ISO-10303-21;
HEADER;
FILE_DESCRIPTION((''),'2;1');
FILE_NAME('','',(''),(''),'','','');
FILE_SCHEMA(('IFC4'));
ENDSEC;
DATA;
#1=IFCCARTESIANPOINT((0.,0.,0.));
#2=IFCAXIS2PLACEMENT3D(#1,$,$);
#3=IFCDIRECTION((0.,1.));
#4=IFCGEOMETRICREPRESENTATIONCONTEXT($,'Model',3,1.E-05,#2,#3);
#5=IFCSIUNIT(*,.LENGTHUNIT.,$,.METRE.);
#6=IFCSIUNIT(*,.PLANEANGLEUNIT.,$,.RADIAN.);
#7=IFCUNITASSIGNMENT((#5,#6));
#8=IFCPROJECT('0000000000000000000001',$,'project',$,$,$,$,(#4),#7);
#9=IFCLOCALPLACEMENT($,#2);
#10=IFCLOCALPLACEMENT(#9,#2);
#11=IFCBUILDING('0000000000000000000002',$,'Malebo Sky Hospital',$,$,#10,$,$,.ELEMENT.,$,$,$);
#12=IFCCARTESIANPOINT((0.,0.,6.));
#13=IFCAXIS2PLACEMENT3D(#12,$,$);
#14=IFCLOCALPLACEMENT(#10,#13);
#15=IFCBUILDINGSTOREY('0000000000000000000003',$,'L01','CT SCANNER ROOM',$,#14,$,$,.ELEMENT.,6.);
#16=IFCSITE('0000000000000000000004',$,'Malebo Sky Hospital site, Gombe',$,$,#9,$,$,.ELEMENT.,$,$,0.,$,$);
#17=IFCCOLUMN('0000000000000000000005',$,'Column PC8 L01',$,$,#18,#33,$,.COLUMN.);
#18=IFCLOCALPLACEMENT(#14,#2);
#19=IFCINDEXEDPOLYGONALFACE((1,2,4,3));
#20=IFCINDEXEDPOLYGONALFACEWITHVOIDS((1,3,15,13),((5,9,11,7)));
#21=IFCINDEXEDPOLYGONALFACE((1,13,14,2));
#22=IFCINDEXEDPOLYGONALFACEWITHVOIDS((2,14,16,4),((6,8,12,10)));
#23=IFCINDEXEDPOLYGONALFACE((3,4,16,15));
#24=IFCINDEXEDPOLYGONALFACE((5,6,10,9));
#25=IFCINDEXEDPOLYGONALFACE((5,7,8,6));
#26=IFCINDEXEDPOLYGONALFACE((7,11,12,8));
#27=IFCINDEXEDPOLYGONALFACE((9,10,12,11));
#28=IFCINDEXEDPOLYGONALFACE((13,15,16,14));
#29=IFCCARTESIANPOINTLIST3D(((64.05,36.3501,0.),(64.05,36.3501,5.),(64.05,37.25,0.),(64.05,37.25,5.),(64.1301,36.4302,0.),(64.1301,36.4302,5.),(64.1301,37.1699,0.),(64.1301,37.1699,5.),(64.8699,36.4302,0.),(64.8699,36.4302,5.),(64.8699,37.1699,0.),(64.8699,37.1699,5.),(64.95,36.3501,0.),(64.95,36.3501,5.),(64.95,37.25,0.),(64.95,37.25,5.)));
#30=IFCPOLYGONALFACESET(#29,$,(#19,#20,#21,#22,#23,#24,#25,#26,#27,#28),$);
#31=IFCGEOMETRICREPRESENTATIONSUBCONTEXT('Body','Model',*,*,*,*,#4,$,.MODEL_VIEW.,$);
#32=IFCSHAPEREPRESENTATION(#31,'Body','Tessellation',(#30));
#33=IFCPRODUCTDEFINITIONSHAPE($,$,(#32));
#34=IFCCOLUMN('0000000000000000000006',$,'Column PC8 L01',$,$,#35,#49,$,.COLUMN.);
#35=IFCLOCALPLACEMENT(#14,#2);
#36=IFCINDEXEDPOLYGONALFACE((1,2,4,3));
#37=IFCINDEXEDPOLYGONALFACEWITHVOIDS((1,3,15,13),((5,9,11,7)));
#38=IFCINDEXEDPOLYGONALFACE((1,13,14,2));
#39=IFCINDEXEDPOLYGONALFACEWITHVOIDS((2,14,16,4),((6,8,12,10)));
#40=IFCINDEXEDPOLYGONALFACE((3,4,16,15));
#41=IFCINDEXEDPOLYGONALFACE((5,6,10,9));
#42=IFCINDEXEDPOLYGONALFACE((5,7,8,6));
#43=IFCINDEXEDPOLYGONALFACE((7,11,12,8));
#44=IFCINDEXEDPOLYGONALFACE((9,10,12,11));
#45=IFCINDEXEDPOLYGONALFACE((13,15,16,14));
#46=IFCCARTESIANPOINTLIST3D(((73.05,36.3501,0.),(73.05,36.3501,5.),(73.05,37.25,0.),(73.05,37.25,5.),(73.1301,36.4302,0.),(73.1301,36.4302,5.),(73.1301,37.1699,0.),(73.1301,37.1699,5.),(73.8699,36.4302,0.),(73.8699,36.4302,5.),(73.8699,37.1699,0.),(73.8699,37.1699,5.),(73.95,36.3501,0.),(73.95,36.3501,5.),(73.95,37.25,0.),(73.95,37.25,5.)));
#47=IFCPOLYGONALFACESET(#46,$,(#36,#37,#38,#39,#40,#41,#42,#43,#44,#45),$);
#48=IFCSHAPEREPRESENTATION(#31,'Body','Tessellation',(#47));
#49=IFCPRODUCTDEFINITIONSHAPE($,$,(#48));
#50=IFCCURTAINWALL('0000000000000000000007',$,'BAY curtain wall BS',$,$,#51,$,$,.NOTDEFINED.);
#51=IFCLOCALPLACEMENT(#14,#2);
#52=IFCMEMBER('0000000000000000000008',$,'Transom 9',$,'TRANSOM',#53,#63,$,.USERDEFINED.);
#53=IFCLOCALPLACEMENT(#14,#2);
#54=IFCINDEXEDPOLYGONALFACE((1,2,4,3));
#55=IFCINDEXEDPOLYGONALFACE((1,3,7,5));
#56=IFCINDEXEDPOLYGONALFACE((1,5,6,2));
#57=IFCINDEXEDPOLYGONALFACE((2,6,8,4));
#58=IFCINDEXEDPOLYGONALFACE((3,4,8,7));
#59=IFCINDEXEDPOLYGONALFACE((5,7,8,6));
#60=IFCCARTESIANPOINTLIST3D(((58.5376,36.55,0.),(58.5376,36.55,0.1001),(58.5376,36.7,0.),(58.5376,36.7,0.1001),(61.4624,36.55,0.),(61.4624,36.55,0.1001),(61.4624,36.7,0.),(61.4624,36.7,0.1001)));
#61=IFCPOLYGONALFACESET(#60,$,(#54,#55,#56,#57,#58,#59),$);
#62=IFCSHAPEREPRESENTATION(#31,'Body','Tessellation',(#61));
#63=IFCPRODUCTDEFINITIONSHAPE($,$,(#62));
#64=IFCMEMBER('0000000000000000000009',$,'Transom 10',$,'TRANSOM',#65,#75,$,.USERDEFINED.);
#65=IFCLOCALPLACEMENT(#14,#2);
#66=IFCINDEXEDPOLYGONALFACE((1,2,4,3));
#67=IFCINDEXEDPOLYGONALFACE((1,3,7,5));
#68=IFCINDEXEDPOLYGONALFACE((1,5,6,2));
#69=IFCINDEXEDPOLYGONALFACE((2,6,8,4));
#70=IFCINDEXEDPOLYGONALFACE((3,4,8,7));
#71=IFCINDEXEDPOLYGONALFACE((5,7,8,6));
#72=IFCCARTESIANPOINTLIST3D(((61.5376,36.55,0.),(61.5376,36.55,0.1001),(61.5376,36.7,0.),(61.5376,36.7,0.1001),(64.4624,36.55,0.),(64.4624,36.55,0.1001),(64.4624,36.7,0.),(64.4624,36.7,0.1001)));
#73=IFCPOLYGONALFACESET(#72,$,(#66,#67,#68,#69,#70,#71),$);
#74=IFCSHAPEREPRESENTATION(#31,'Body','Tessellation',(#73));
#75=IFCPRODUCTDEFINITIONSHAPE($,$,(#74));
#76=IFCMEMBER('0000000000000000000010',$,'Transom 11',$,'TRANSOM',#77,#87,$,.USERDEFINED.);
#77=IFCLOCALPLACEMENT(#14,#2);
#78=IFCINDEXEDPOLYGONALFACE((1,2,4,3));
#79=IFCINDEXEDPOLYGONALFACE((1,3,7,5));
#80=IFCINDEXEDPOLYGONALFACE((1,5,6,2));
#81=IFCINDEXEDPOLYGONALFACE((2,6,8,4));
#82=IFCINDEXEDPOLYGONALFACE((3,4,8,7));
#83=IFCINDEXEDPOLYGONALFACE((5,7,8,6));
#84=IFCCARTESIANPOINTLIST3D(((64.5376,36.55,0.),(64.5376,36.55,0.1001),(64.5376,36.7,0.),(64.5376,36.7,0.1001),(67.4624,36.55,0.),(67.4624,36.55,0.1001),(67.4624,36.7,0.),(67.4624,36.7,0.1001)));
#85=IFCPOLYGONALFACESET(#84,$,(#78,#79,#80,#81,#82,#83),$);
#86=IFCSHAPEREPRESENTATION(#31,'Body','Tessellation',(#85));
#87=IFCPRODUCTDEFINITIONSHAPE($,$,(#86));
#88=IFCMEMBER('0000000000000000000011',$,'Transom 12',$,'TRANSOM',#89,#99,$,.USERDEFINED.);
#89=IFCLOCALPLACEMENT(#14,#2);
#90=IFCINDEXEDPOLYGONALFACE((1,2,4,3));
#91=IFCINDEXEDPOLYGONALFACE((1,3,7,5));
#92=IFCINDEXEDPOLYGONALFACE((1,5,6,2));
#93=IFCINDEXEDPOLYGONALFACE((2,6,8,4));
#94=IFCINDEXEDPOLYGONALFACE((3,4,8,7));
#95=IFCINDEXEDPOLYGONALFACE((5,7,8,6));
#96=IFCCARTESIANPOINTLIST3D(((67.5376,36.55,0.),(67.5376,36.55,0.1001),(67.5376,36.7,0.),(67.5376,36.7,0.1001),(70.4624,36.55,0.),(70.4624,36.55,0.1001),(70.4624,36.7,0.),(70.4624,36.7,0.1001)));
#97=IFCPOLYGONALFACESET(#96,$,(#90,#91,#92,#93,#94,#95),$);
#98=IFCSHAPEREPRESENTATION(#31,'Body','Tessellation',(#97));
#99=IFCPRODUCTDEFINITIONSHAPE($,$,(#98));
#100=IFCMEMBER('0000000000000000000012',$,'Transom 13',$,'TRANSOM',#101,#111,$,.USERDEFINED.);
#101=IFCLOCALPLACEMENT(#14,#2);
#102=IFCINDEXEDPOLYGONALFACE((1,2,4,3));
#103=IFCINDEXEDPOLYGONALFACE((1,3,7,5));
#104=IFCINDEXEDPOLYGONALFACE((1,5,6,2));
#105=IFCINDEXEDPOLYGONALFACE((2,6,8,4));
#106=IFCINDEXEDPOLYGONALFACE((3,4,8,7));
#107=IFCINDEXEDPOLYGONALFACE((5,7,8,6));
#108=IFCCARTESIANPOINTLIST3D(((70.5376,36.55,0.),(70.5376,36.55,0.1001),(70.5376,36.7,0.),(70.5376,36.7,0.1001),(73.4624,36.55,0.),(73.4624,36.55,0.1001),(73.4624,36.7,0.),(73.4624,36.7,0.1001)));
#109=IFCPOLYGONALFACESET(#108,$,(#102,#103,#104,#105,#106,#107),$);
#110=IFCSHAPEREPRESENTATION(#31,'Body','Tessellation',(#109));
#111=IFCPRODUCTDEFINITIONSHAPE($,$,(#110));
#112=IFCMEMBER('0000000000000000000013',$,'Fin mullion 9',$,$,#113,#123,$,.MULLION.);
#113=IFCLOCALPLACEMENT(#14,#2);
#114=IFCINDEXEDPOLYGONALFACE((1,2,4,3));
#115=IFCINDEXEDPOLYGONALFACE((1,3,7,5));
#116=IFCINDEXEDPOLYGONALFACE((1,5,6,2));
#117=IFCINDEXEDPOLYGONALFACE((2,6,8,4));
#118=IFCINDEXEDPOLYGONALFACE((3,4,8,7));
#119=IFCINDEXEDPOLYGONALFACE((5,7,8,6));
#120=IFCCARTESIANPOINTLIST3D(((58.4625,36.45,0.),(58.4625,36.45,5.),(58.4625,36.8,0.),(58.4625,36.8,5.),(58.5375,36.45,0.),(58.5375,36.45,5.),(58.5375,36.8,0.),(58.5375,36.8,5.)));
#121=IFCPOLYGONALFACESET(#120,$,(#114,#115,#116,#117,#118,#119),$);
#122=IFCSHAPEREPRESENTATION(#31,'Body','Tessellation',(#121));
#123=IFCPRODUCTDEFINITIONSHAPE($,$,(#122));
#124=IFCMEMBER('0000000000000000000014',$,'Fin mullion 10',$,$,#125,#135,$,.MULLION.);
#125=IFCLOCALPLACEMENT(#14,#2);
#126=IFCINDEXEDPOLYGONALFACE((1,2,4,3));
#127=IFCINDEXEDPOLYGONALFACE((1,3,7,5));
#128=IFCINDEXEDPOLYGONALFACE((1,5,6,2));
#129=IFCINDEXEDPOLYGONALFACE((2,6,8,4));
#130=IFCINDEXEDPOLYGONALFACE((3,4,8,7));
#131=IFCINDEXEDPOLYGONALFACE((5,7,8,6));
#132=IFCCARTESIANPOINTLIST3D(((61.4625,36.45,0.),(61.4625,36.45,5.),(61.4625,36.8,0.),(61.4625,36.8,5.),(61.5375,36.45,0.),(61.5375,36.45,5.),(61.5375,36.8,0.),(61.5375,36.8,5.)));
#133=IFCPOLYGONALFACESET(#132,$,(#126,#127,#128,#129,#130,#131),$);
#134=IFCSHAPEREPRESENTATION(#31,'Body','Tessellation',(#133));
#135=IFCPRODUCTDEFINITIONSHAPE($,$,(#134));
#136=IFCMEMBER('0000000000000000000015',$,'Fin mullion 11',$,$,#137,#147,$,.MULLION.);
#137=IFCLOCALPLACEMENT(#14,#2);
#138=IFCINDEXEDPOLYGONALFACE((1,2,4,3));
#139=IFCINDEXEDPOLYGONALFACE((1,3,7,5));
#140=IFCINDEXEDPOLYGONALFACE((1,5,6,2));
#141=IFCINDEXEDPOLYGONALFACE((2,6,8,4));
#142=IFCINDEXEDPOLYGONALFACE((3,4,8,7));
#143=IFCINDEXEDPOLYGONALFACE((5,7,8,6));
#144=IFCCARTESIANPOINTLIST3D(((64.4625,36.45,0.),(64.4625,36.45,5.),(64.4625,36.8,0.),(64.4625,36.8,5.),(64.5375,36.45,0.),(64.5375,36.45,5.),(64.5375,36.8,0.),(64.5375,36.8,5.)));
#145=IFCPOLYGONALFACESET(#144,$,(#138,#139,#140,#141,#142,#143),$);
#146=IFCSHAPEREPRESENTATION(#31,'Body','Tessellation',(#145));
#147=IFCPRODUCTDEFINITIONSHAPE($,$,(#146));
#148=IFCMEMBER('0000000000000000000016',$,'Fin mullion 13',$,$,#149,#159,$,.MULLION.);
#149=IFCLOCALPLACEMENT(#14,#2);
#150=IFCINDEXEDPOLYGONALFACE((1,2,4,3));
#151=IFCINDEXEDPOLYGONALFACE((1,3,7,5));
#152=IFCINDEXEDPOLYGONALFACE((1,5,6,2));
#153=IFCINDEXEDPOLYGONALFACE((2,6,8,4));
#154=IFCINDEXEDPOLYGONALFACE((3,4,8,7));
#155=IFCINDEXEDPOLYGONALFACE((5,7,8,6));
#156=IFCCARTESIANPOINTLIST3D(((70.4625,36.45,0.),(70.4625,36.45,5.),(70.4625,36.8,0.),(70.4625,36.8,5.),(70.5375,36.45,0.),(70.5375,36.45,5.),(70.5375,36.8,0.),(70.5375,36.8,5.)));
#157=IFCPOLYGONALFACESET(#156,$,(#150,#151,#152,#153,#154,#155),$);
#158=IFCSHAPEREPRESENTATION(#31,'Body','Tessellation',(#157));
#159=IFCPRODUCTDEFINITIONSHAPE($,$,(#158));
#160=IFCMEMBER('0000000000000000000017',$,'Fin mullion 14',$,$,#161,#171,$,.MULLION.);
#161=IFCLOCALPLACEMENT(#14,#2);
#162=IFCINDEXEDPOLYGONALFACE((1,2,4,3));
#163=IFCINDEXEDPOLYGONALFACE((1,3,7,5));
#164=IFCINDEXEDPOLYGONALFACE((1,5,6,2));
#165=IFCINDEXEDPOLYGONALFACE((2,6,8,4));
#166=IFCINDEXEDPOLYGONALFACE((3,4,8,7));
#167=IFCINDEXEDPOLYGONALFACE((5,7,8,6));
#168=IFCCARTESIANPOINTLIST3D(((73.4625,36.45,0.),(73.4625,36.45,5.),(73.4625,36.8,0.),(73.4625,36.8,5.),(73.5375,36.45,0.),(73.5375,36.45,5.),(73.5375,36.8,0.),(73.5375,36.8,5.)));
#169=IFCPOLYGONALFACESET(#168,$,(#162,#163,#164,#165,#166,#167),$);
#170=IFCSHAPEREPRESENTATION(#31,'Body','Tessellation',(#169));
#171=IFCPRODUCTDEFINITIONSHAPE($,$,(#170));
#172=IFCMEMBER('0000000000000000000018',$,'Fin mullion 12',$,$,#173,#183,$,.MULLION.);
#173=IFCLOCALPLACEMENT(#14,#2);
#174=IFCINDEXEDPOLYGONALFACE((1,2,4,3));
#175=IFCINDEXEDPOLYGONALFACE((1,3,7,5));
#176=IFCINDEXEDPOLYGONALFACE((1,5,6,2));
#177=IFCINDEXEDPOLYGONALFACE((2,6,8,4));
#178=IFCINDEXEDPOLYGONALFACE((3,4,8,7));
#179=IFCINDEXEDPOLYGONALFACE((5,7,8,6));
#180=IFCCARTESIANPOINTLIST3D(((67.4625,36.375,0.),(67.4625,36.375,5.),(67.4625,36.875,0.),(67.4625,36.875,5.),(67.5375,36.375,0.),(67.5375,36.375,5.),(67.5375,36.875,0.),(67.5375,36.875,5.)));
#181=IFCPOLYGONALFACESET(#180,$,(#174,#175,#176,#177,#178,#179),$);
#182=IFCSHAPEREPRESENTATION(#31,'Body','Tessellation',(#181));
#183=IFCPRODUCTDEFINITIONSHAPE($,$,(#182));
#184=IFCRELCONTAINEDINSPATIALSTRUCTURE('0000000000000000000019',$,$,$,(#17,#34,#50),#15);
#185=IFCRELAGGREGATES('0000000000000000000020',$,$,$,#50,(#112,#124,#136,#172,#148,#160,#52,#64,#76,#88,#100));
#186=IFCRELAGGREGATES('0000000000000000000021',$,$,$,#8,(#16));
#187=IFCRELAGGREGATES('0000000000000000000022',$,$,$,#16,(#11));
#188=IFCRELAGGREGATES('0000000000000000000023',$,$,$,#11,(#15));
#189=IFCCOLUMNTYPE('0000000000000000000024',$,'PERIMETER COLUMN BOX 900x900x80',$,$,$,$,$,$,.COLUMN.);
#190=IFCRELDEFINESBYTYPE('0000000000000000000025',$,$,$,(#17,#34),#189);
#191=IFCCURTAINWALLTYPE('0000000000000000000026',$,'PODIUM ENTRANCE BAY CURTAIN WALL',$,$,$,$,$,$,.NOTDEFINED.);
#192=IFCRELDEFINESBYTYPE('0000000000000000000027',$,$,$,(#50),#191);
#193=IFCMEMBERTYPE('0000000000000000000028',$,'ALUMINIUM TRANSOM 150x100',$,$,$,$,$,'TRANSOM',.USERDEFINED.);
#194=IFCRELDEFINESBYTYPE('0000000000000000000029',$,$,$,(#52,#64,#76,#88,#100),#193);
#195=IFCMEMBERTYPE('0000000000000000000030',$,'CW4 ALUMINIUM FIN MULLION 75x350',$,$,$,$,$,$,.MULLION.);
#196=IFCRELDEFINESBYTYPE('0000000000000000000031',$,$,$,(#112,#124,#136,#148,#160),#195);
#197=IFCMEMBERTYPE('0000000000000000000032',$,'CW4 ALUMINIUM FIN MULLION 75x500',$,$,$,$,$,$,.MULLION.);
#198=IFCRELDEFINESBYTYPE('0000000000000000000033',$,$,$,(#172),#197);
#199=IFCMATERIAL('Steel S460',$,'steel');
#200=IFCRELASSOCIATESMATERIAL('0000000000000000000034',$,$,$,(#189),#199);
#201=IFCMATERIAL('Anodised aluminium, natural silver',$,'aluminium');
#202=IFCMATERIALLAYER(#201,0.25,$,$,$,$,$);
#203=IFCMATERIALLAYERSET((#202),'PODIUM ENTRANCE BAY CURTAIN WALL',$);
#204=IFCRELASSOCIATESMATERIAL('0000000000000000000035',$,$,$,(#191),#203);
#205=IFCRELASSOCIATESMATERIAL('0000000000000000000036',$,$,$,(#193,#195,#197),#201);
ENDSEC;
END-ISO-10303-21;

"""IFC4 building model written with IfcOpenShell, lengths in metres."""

from ifc_helpers import new_model, si_unit, direction, frame, origin, origin_2d, place, context, subcontext, project, spatial, rectangle, hollow_rectangle, extrude, material, layer, layer_set, material_profile, profile_set, type_object, element, aggregate, save


model = new_model("IFC4")

# Units and contexts
model_context = context("Model", 3, precision=1e-05, world=origin(), true_north=direction((0.0, 1.0)))
body_context = subcontext(model_context, "Body", "Model", "MODEL_VIEW")
ifc_project = project(units=[si_unit("LENGTHUNIT", "METRE"), si_unit("PLANEANGLEUNIT", "RADIAN")], contexts=[model_context])

# Site, building, storey
site_placement = place(None, origin())
site = spatial("IfcSite", under=ifc_project, at=site_placement, Name="Malebo Sky Hospital site, Gombe", CompositionType="ELEMENT", RefElevation=0.0)
building_placement = place(site_placement, origin())
building = spatial("IfcBuilding", under=site, at=building_placement, Name="Malebo Sky Hospital", CompositionType="ELEMENT")
storey_placement = place(building_placement, frame((0.0, 0.0, 6.0)))
storey = spatial("IfcBuildingStorey", under=building, at=storey_placement, Name="L01", Description="CT SCANNER ROOM", CompositionType="ELEMENT", Elevation=6.0)

# Columns
ifc_material_1 = material(Name="Steel S460", Category="steel")
ifc_material_profile_1 = material_profile(ifc_material_1, hollow_rectangle(XDim=0.8999, YDim=0.8999, WallThickness=0.0801, at=origin_2d()), Name="BOX 900x900x80")
ifc_profile_set_1 = profile_set([ifc_material_profile_1], Name="Steel S460")
column_type = type_object("IfcColumnType", Name="PERIMETER COLUMN BOX 900x900x80", PredefinedType="COLUMN", material=ifc_profile_set_1)
for number, where, z_axis, x_axis, name in (
    (1, (64.5, 36.8, 0.0), (0.0, 0.0, 1.0), (1.0, 0.0, 0.0), "Column PC8 L01"),
    (2, (73.5, 36.8, 0.0), (0.0, 0.0, 1.0), (1.0, 0.0, 0.0), "Column PC8 L01"),
):
    element("IfcColumn", number, at=place(storey_placement, frame(where, z_axis=z_axis, x_axis=x_axis)), inside=storey, type_object=column_type, Name=name, PredefinedType="COLUMN", context=body_context, shape_type="SweptSolid", body=[
        extrude(hollow_rectangle(XDim=0.8999, YDim=0.8999, WallThickness=0.0801, at=origin_2d()), origin(), (0.0, 0.0, 1.0), 5.0),
    ])

# Curtain wall, members
ifc_material_2 = material(Name="Anodised aluminium, natural silver", Category="aluminium")
ifc_layer_1 = layer(ifc_material_2, 0.25)
ifc_layer_set_1 = layer_set([ifc_layer_1], Name="PODIUM ENTRANCE BAY CURTAIN WALL")
curtain_wall_type = type_object("IfcCurtainWallType", Name="PODIUM ENTRANCE BAY CURTAIN WALL", PredefinedType="NOTDEFINED", material=ifc_layer_set_1)
curtain_wall_placement = place(storey_placement, origin())
curtain_wall = element("IfcCurtainWall", 3, at=curtain_wall_placement, inside=storey, type_object=curtain_wall_type, Name="BAY curtain wall BS", PredefinedType="NOTDEFINED")
ifc_material_profile_2 = material_profile(ifc_material_2, rectangle(XDim=0.1499, YDim=0.1001, at=origin_2d()), Name="ALUMINIUM TRANSOM 150x100")
ifc_profile_set_2 = profile_set([ifc_material_profile_2], Name="Anodised aluminium, natural silver")
member_type_1 = type_object("IfcMemberType", Name="ALUMINIUM TRANSOM 150x100", ElementType="TRANSOM", PredefinedType="USERDEFINED", material=ifc_profile_set_2)
member_1_placement = place(storey_placement, frame((58.5376, 36.625, 0.05), z_axis=(1.0, 0.0, 0.0), x_axis=(0.0, 1.0, 0.0)))
member_1 = element("IfcMember", 4, at=member_1_placement, type_object=member_type_1, Name="Transom 9", ObjectType="TRANSOM", PredefinedType="USERDEFINED", context=body_context, shape_type="SweptSolid", body=[
    extrude(rectangle(XDim=0.1499, YDim=0.1001, at=origin_2d()), origin(), (0.0, 0.0, 1.0), 2.9248),
])
member_2_placement = place(storey_placement, frame((61.5376, 36.625, 0.05), z_axis=(1.0, 0.0, 0.0), x_axis=(0.0, 1.0, 0.0)))
member_2 = element("IfcMember", 5, at=member_2_placement, type_object=member_type_1, Name="Transom 10", ObjectType="TRANSOM", PredefinedType="USERDEFINED", context=body_context, shape_type="SweptSolid", body=[
    extrude(rectangle(XDim=0.1499, YDim=0.1001, at=origin_2d()), origin(), (0.0, 0.0, 1.0), 2.9248),
])
member_3_placement = place(storey_placement, frame((64.5376, 36.625, 0.05), z_axis=(1.0, 0.0, 0.0), x_axis=(0.0, 1.0, 0.0)))
member_3 = element("IfcMember", 6, at=member_3_placement, type_object=member_type_1, Name="Transom 11", ObjectType="TRANSOM", PredefinedType="USERDEFINED", context=body_context, shape_type="SweptSolid", body=[
    extrude(rectangle(XDim=0.1499, YDim=0.1001, at=origin_2d()), origin(), (0.0, 0.0, 1.0), 2.9248),
])
member_4_placement = place(storey_placement, frame((67.5376, 36.625, 0.05), z_axis=(1.0, 0.0, 0.0), x_axis=(0.0, 1.0, 0.0)))
member_4 = element("IfcMember", 7, at=member_4_placement, type_object=member_type_1, Name="Transom 12", ObjectType="TRANSOM", PredefinedType="USERDEFINED", context=body_context, shape_type="SweptSolid", body=[
    extrude(rectangle(XDim=0.1499, YDim=0.1001, at=origin_2d()), origin(), (0.0, 0.0, 1.0), 2.9248),
])
member_5_placement = place(storey_placement, frame((70.5376, 36.625, 0.05), z_axis=(1.0, 0.0, 0.0), x_axis=(0.0, 1.0, 0.0)))
member_5 = element("IfcMember", 8, at=member_5_placement, type_object=member_type_1, Name="Transom 13", ObjectType="TRANSOM", PredefinedType="USERDEFINED", context=body_context, shape_type="SweptSolid", body=[
    extrude(rectangle(XDim=0.1499, YDim=0.1001, at=origin_2d()), origin(), (0.0, 0.0, 1.0), 2.9248),
])
ifc_material_profile_3 = material_profile(ifc_material_2, rectangle(XDim=0.075, YDim=0.3501, at=origin_2d()), Name="CW4 ALUMINIUM FIN MULLION 75x350")
ifc_profile_set_3 = profile_set([ifc_material_profile_3], Name="Anodised aluminium, natural silver")
member_type_2 = type_object("IfcMemberType", Name="CW4 ALUMINIUM FIN MULLION 75x350", PredefinedType="MULLION", material=ifc_profile_set_3)
member_6_placement = place(storey_placement, frame((58.5, 36.625, 0.0), z_axis=(0.0, 0.0, 1.0), x_axis=(1.0, 0.0, 0.0)))
member_6 = element("IfcMember", 9, at=member_6_placement, type_object=member_type_2, Name="Fin mullion 9", PredefinedType="MULLION", context=body_context, shape_type="SweptSolid", body=[
    extrude(rectangle(XDim=0.075, YDim=0.3501, at=origin_2d()), origin(), (0.0, 0.0, 1.0), 5.0),
])
member_7_placement = place(storey_placement, frame((61.5, 36.625, 0.0), z_axis=(0.0, 0.0, 1.0), x_axis=(1.0, 0.0, 0.0)))
member_7 = element("IfcMember", 10, at=member_7_placement, type_object=member_type_2, Name="Fin mullion 10", PredefinedType="MULLION", context=body_context, shape_type="SweptSolid", body=[
    extrude(rectangle(XDim=0.075, YDim=0.3501, at=origin_2d()), origin(), (0.0, 0.0, 1.0), 5.0),
])
member_8_placement = place(storey_placement, frame((64.5, 36.625, 0.0), z_axis=(0.0, 0.0, 1.0), x_axis=(1.0, 0.0, 0.0)))
member_8 = element("IfcMember", 11, at=member_8_placement, type_object=member_type_2, Name="Fin mullion 11", PredefinedType="MULLION", context=body_context, shape_type="SweptSolid", body=[
    extrude(rectangle(XDim=0.075, YDim=0.3501, at=origin_2d()), origin(), (0.0, 0.0, 1.0), 5.0),
])
member_9_placement = place(storey_placement, frame((70.5, 36.625, 0.0), z_axis=(0.0, 0.0, 1.0), x_axis=(1.0, 0.0, 0.0)))
member_9 = element("IfcMember", 12, at=member_9_placement, type_object=member_type_2, Name="Fin mullion 13", PredefinedType="MULLION", context=body_context, shape_type="SweptSolid", body=[
    extrude(rectangle(XDim=0.075, YDim=0.3501, at=origin_2d()), origin(), (0.0, 0.0, 1.0), 5.0),
])
member_10_placement = place(storey_placement, frame((73.5, 36.625, 0.0), z_axis=(0.0, 0.0, 1.0), x_axis=(1.0, 0.0, 0.0)))
member_10 = element("IfcMember", 13, at=member_10_placement, type_object=member_type_2, Name="Fin mullion 14", PredefinedType="MULLION", context=body_context, shape_type="SweptSolid", body=[
    extrude(rectangle(XDim=0.075, YDim=0.3501, at=origin_2d()), origin(), (0.0, 0.0, 1.0), 5.0),
])
ifc_material_profile_4 = material_profile(ifc_material_2, rectangle(XDim=0.075, YDim=0.5, at=origin_2d()), Name="CW4 ALUMINIUM FIN MULLION 75x500")
ifc_profile_set_4 = profile_set([ifc_material_profile_4], Name="Anodised aluminium, natural silver")
member_type_3 = type_object("IfcMemberType", Name="CW4 ALUMINIUM FIN MULLION 75x500", PredefinedType="MULLION", material=ifc_profile_set_4)
member_11_placement = place(storey_placement, frame((67.5, 36.625, 0.0), z_axis=(0.0, 0.0, 1.0), x_axis=(1.0, 0.0, 0.0)))
member_11 = element("IfcMember", 14, at=member_11_placement, type_object=member_type_3, Name="Fin mullion 12", PredefinedType="MULLION", context=body_context, shape_type="SweptSolid", body=[
    extrude(rectangle(XDim=0.075, YDim=0.5, at=origin_2d()), origin(), (0.0, 0.0, 1.0), 5.0),
])

aggregate(curtain_wall, [member_6, member_7, member_8, member_11, member_9, member_10, member_1, member_2, member_3, member_4, member_5])

save(model, "model.ifc")
